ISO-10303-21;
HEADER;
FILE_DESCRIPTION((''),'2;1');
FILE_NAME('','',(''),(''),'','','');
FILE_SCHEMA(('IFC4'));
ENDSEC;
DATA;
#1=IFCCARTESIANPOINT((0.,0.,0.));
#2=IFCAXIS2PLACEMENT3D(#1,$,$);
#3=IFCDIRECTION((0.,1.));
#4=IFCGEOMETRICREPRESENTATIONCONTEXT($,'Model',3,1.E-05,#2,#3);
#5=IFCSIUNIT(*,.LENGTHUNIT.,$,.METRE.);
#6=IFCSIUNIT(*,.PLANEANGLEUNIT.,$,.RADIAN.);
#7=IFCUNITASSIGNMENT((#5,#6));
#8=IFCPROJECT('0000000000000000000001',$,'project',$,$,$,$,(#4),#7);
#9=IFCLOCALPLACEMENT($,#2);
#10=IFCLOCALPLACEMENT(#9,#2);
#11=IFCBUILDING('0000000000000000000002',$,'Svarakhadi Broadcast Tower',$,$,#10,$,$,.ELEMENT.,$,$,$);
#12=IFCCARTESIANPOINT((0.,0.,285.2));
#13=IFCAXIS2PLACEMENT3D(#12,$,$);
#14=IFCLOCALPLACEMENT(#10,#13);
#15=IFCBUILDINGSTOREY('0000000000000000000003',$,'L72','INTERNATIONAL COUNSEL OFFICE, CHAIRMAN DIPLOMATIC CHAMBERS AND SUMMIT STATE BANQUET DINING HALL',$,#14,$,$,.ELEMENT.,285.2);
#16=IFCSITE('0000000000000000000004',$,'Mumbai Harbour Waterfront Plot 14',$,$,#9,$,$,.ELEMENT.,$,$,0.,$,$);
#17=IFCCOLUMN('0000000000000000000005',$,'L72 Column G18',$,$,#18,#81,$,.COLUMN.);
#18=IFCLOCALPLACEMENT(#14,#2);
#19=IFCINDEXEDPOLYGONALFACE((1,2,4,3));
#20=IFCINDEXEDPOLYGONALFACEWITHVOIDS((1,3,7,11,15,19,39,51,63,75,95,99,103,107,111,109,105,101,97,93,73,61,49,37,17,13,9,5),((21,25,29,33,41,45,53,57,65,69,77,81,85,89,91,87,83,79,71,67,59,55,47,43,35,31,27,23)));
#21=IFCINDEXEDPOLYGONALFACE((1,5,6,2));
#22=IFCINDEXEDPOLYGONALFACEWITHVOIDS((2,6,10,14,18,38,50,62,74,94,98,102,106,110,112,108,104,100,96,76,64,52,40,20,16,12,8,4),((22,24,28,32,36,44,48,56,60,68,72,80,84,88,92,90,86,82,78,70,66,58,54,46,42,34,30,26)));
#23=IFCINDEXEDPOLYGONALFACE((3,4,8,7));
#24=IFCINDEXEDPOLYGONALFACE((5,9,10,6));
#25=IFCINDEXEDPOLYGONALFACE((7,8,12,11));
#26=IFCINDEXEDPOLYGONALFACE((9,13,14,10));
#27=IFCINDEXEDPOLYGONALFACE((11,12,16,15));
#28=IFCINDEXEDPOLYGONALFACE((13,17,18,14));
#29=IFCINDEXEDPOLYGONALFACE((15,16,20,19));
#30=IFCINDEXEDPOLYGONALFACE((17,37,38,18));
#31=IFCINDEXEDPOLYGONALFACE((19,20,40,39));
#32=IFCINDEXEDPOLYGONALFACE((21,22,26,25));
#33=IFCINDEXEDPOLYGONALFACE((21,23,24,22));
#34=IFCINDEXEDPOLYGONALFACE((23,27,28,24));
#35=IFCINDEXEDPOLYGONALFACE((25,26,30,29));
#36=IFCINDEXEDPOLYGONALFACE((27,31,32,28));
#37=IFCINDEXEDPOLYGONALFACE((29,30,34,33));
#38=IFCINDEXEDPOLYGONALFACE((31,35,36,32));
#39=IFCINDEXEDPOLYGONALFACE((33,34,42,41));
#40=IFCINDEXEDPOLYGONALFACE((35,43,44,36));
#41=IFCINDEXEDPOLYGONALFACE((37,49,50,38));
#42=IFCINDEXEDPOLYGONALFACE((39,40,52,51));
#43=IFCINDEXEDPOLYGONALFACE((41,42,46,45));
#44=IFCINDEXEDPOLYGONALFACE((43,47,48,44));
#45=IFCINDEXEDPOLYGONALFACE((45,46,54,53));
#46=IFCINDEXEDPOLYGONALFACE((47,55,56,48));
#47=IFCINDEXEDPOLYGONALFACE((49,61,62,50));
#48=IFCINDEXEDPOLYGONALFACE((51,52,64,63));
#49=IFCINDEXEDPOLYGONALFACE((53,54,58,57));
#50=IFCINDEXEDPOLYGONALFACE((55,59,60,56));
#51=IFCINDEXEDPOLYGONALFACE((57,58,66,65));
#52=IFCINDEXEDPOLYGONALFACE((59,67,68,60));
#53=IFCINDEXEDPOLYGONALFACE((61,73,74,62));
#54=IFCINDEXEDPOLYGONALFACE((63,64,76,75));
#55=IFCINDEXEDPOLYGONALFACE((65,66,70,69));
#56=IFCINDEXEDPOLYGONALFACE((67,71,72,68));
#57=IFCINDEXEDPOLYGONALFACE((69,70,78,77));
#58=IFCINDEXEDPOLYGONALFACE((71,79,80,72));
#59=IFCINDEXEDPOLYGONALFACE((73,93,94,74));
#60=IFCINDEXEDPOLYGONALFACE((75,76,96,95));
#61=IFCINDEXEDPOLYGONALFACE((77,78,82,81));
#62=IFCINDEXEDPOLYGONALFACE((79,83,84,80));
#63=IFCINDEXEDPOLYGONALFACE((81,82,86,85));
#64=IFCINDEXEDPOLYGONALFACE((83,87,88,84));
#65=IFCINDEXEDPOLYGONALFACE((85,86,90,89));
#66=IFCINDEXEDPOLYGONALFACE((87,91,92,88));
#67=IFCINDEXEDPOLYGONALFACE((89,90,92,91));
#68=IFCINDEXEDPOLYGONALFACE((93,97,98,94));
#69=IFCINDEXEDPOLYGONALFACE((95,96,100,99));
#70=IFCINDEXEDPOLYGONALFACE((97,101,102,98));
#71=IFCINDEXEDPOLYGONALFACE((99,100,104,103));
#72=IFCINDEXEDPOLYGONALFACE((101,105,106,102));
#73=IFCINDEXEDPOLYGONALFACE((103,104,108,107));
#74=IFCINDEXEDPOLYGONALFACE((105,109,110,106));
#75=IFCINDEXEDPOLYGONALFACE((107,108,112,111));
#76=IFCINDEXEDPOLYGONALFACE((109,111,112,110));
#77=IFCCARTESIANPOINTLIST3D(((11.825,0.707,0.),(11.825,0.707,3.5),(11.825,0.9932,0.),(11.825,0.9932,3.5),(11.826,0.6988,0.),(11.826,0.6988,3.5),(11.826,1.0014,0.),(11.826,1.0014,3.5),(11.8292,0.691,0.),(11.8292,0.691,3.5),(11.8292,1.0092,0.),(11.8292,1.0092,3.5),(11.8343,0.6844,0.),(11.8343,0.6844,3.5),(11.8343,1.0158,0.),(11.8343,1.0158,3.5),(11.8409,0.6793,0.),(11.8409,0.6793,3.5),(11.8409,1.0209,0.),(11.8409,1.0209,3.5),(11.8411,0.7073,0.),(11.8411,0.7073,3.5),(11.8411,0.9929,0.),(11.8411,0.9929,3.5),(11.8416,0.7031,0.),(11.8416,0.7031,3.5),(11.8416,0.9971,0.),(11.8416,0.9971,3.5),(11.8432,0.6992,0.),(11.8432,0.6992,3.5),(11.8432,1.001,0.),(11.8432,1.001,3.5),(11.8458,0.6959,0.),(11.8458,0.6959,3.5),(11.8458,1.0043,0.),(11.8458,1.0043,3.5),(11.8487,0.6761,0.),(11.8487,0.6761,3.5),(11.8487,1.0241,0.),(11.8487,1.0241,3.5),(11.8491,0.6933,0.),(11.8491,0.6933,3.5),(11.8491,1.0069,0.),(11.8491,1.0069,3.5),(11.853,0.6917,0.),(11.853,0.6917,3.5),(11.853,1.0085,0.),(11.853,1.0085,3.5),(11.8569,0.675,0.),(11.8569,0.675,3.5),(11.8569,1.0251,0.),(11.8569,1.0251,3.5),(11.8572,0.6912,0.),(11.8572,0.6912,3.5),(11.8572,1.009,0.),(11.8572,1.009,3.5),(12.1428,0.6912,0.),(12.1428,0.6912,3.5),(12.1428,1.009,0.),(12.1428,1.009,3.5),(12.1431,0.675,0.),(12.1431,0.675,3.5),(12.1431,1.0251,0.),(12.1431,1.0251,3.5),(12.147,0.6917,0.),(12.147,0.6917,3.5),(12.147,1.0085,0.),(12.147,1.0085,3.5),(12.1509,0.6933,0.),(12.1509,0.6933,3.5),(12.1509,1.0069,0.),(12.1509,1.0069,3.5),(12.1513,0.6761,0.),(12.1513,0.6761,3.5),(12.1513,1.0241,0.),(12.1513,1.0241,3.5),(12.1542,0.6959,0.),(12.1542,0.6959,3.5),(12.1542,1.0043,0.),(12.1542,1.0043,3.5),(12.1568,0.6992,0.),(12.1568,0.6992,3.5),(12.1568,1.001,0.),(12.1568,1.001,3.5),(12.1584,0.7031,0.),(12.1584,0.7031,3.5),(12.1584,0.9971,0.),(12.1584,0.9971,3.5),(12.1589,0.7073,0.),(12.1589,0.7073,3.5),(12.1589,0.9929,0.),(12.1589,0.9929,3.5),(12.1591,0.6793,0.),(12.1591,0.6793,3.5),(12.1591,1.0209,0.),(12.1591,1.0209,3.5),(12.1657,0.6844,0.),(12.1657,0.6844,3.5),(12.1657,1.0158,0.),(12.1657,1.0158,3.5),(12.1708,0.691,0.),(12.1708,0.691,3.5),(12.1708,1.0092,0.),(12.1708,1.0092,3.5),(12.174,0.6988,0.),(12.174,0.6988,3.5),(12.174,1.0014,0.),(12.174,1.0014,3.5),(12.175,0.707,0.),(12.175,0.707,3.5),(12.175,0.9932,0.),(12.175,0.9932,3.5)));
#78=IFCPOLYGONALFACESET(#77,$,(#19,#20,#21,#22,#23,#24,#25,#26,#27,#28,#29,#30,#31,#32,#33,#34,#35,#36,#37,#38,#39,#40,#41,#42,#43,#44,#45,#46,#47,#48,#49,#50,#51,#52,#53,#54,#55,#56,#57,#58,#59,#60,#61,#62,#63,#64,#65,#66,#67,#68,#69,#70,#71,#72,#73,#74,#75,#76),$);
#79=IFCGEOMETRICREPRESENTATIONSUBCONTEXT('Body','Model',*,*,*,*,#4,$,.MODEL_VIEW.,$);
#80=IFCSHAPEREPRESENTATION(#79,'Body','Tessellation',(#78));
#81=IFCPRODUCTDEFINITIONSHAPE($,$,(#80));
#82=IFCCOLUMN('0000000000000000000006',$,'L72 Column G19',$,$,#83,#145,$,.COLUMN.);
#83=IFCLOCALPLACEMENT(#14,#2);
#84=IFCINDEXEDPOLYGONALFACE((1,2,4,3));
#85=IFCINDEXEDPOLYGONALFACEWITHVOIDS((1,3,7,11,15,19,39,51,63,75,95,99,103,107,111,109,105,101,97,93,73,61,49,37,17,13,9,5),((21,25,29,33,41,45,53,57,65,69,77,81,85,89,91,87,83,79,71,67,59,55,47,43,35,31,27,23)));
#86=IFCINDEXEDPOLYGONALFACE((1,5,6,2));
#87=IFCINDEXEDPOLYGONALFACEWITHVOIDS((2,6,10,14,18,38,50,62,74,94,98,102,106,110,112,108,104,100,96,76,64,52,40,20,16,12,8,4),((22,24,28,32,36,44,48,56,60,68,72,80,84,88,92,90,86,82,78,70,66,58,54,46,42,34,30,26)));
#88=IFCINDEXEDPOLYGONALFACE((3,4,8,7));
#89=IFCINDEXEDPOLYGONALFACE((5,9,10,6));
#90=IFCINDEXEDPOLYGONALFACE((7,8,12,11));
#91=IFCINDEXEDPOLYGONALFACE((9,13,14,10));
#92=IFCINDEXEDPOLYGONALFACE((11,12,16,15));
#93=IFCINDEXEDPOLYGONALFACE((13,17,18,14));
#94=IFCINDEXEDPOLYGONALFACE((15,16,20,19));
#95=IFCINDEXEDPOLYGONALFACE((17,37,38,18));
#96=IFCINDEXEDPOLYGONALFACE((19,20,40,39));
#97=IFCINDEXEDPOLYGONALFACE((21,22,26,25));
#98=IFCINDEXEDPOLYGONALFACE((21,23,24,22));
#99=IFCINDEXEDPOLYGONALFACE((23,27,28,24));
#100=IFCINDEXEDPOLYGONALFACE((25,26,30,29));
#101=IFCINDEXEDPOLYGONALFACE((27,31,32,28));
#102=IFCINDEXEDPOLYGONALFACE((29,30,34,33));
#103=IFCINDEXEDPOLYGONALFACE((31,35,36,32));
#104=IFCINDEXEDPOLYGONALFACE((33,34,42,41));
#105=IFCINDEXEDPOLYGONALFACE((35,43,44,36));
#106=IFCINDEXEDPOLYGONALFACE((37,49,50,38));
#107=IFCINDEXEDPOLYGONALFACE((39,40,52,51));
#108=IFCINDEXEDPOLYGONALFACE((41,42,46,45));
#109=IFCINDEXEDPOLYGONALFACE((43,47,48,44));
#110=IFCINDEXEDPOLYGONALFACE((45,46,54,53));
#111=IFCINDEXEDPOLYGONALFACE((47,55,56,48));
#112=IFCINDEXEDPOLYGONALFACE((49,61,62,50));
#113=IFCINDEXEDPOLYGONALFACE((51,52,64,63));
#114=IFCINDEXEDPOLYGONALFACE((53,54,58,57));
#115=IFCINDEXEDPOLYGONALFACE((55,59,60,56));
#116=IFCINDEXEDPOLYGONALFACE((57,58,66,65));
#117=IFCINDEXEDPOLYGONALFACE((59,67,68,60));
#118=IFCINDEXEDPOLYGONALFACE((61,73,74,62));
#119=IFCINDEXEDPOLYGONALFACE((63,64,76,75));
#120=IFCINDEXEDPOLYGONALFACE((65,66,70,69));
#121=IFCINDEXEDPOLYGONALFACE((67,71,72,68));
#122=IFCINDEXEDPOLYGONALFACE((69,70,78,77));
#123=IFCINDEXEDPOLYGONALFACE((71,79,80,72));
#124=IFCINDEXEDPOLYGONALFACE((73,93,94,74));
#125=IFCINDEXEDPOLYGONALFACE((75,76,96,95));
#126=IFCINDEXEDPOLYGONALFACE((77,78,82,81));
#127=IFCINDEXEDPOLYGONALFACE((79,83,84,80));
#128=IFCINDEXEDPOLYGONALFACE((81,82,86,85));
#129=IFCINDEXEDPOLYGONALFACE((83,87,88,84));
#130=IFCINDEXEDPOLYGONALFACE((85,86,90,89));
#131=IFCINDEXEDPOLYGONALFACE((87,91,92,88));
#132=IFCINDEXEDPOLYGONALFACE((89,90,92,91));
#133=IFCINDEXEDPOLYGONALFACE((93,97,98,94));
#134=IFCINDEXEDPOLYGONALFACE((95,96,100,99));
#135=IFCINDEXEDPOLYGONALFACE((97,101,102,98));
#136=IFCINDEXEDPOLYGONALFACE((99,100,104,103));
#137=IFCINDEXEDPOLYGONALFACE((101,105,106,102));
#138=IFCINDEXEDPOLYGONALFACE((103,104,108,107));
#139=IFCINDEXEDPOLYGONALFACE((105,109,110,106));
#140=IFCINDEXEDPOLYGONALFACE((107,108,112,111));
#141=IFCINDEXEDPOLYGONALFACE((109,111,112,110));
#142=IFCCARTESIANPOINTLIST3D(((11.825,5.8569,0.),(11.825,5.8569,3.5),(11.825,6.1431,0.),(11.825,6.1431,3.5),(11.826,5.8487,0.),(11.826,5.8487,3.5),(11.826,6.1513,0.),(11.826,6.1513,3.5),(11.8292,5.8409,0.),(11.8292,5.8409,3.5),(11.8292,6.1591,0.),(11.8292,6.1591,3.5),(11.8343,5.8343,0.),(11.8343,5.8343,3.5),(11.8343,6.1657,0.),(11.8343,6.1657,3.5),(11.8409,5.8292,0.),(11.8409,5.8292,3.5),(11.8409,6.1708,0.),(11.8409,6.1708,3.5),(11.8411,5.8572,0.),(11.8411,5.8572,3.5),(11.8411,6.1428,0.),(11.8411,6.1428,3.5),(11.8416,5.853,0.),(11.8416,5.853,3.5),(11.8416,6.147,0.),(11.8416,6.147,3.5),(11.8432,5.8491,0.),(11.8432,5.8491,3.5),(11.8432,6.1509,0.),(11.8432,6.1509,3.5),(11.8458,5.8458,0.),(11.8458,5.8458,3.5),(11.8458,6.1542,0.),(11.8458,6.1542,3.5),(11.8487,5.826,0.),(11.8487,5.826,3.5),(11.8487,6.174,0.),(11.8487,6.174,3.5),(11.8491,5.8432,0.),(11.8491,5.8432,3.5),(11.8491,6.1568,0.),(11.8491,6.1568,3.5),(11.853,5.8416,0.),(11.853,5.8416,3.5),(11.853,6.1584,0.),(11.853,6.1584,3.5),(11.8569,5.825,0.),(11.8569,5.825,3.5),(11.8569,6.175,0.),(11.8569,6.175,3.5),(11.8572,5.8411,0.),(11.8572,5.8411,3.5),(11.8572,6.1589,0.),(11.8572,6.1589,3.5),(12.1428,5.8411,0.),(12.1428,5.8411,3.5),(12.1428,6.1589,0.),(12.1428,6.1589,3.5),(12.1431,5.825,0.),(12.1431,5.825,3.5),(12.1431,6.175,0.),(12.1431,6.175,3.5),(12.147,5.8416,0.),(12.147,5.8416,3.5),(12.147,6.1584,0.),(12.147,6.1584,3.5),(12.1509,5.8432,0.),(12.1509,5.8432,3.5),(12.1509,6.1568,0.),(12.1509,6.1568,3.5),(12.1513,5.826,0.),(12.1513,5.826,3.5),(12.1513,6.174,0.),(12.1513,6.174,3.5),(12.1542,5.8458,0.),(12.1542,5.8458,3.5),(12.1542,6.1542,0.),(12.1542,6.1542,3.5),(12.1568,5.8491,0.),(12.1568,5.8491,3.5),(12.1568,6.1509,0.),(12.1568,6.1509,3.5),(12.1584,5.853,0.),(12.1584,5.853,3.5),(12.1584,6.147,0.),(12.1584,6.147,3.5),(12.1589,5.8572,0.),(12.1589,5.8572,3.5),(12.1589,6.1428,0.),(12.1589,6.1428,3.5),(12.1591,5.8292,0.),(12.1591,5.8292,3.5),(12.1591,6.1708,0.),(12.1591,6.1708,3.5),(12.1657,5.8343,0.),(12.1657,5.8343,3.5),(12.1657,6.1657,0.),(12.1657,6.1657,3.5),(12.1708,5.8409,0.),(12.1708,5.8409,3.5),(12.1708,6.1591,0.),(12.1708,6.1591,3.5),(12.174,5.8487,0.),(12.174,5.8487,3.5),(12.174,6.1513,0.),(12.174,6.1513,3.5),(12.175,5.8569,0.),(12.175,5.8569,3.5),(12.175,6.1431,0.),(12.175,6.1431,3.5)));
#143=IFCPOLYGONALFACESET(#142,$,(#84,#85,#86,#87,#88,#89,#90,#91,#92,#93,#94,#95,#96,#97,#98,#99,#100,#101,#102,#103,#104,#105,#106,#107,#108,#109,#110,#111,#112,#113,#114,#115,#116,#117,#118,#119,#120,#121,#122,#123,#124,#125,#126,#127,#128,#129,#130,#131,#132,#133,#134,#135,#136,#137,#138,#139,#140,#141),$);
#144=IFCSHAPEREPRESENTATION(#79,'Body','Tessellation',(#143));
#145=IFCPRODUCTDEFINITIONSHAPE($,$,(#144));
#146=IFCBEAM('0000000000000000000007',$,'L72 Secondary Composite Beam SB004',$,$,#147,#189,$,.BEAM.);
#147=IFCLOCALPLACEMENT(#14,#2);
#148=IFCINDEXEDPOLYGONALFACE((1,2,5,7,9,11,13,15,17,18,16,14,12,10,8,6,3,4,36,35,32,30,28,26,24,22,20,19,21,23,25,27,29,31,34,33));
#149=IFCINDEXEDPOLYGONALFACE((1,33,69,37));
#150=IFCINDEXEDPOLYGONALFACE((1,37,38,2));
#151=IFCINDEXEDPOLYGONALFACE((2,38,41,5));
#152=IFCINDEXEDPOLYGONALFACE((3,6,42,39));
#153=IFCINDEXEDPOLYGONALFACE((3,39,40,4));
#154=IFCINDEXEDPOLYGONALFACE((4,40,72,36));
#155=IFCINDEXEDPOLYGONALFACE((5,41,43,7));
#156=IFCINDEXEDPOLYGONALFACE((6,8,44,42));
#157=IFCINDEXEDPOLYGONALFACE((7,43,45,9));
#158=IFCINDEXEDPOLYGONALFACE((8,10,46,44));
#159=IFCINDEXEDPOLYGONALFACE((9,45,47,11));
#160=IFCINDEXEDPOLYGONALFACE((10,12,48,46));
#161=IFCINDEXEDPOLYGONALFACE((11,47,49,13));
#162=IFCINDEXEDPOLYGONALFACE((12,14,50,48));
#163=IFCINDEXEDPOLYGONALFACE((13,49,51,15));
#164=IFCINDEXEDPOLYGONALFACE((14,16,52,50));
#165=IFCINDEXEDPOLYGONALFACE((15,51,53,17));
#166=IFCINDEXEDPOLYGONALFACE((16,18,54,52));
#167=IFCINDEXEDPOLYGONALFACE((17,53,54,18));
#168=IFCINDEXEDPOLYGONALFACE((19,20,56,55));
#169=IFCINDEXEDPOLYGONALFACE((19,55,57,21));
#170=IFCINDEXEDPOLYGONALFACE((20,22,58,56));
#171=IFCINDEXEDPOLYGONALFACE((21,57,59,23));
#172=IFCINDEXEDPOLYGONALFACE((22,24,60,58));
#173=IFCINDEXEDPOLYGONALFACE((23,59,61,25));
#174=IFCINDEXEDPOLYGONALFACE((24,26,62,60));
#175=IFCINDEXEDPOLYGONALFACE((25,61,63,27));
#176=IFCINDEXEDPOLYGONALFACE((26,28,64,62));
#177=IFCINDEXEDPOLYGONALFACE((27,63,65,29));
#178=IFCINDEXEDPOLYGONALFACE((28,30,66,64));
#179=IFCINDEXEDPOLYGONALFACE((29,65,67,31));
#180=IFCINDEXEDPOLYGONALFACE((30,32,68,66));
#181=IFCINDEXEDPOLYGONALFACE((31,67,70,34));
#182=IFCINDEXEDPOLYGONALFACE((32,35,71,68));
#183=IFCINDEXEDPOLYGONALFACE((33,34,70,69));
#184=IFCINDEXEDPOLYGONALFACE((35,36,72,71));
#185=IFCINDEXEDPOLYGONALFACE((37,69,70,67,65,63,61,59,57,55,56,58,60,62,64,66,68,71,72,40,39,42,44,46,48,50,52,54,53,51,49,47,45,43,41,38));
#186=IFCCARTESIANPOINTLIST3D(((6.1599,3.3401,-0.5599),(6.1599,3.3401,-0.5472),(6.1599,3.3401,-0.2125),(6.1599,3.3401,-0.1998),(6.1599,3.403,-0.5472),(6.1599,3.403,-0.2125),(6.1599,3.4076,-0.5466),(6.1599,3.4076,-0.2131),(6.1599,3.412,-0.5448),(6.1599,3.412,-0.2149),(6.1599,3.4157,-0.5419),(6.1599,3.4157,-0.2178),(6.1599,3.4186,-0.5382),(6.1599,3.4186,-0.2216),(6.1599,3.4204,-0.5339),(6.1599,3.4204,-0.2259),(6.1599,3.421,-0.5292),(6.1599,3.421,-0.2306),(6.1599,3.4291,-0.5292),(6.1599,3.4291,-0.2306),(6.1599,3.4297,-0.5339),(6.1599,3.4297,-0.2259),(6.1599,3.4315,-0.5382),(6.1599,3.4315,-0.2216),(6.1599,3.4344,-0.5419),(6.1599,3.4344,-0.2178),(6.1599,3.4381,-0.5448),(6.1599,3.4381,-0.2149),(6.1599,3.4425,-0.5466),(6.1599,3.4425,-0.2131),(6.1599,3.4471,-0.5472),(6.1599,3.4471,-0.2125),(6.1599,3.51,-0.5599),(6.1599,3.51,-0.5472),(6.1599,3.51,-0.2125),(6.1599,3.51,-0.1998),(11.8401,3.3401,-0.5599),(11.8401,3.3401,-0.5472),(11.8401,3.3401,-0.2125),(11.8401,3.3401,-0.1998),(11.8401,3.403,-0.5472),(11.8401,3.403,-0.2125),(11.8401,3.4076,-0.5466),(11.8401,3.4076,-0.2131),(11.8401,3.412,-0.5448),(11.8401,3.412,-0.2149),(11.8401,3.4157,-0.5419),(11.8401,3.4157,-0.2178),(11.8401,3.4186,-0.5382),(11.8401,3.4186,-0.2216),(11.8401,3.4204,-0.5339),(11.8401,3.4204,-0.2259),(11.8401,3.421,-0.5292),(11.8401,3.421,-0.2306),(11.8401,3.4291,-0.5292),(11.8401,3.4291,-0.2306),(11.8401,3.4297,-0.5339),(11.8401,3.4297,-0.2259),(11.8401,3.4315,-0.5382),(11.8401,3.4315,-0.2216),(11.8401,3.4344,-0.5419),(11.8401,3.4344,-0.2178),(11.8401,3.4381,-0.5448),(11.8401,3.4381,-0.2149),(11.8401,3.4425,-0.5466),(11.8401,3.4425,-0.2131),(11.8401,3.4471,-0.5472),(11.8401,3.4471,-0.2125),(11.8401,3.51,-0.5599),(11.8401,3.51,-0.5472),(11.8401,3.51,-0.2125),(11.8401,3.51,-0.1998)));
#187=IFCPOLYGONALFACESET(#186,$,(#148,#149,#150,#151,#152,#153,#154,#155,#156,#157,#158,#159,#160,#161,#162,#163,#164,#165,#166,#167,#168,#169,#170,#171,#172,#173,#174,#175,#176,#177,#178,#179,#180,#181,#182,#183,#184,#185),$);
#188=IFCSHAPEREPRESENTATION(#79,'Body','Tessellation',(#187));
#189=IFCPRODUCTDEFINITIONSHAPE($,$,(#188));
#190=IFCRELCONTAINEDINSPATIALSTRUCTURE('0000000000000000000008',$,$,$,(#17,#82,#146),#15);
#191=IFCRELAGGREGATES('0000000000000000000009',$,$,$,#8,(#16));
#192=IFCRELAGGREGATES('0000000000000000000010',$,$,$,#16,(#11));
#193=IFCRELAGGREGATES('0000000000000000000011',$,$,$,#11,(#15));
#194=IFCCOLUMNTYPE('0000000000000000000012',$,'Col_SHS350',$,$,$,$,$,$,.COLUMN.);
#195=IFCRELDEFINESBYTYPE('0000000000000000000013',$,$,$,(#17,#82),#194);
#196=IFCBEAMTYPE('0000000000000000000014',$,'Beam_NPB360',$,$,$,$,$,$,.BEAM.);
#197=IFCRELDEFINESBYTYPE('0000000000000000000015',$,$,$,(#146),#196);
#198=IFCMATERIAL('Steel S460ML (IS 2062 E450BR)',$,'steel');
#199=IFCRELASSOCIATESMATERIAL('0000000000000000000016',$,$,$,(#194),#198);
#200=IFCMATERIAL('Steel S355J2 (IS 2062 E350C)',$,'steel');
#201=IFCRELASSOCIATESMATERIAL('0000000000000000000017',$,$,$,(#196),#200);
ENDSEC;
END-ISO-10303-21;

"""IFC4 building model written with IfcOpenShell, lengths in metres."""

from ifc_helpers import new_model, si_unit, direction, frame, origin, origin_2d, place, context, subcontext, project, spatial, hollow_rectangle, i_section, extrude, material, material_profile, profile_set, type_object, element, save


model = new_model("IFC4")

# Units and contexts
model_context = context("Model", 3, precision=1e-05, world=origin(), true_north=direction((0.0, 1.0)))
body_context = subcontext(model_context, "Body", "Model", "MODEL_VIEW")
ifc_project = project(units=[si_unit("LENGTHUNIT", "METRE"), si_unit("PLANEANGLEUNIT", "RADIAN")], contexts=[model_context])

# Site, building, storey
site_placement = place(None, origin())
site = spatial("IfcSite", under=ifc_project, at=site_placement, Name="Mumbai Harbour Waterfront Plot 14", CompositionType="ELEMENT", RefElevation=0.0)
building_placement = place(site_placement, origin())
building = spatial("IfcBuilding", under=site, at=building_placement, Name="Svarakhadi Broadcast Tower", CompositionType="ELEMENT")
storey_placement = place(building_placement, frame((0.0, 0.0, 285.2)))
storey = spatial("IfcBuildingStorey", under=building, at=storey_placement, Name="L72", Description="INTERNATIONAL COUNSEL OFFICE, CHAIRMAN DIPLOMATIC CHAMBERS AND SUMMIT STATE BANQUET DINING HALL", CompositionType="ELEMENT", Elevation=285.2)

# Columns
ifc_material_1 = material(Name="Steel S460ML (IS 2062 E450BR)", Category="steel")
ifc_material_profile_1 = material_profile(ifc_material_1, hollow_rectangle(XDim=0.3501, YDim=0.3501, WallThickness=0.0161, InnerFilletRadius=0.0161, OuterFilletRadius=0.032, at=origin_2d()), Name="SHS 350x350x16")
ifc_profile_set_1 = profile_set([ifc_material_profile_1], Name="Steel S460ML (IS 2062 E450BR)")
column_type = type_object("IfcColumnType", Name="Col_SHS350", PredefinedType="COLUMN", material=ifc_profile_set_1)
for number, where, z_axis, x_axis, name in (
    (1, (12.0, 0.8501, 0.0), (0.0, 0.0, 1.0), (1.0, 0.0, 0.0), "L72 Column G18"),
    (2, (12.0, 6.0, 0.0), (0.0, 0.0, 1.0), (1.0, 0.0, 0.0), "L72 Column G19"),
):
    element("IfcColumn", number, at=place(storey_placement, frame(where, z_axis=z_axis, x_axis=x_axis)), inside=storey, type_object=column_type, Name=name, PredefinedType="COLUMN", context=body_context, shape_type="SweptSolid", body=[
        extrude(hollow_rectangle(XDim=0.3501, YDim=0.3501, WallThickness=0.0161, InnerFilletRadius=0.0161, OuterFilletRadius=0.032, at=origin_2d()), origin(), (0.0, 0.0, 1.0), 3.5),
    ])

# Beam
ifc_material_2 = material(Name="Steel S355J2 (IS 2062 E350C)", Category="steel")
ifc_material_profile_2 = material_profile(ifc_material_2, i_section(OverallWidth=0.1699, OverallDepth=0.3601, WebThickness=0.0081, FlangeThickness=0.0127, FilletRadius=0.0181, at=origin_2d()), Name="NPB 360x170x57")
ifc_profile_set_2 = profile_set([ifc_material_profile_2], Name="Steel S355J2 (IS 2062 E350C)")
beam_type_1 = type_object("IfcBeamType", Name="Beam_NPB360", PredefinedType="BEAM", material=ifc_profile_set_2)
for number, where, z_axis, x_axis, name in (
    (3, (6.1599, 3.425, -0.3799), (1.0, 0.0, 0.0), (0.0, 1.0, 0.0), "L72 Secondary Composite Beam SB004"),
):
    element("IfcBeam", number, at=place(storey_placement, frame(where, z_axis=z_axis, x_axis=x_axis)), inside=storey, type_object=beam_type_1, Name=name, PredefinedType="BEAM", context=body_context, shape_type="SweptSolid", body=[
        extrude(i_section(OverallWidth=0.1699, OverallDepth=0.3601, WebThickness=0.0081, FlangeThickness=0.0127, FilletRadius=0.0181, at=origin_2d()), origin(), (0.0, 0.0, 1.0), 5.6802),
    ])

save(model, "model.ifc")
